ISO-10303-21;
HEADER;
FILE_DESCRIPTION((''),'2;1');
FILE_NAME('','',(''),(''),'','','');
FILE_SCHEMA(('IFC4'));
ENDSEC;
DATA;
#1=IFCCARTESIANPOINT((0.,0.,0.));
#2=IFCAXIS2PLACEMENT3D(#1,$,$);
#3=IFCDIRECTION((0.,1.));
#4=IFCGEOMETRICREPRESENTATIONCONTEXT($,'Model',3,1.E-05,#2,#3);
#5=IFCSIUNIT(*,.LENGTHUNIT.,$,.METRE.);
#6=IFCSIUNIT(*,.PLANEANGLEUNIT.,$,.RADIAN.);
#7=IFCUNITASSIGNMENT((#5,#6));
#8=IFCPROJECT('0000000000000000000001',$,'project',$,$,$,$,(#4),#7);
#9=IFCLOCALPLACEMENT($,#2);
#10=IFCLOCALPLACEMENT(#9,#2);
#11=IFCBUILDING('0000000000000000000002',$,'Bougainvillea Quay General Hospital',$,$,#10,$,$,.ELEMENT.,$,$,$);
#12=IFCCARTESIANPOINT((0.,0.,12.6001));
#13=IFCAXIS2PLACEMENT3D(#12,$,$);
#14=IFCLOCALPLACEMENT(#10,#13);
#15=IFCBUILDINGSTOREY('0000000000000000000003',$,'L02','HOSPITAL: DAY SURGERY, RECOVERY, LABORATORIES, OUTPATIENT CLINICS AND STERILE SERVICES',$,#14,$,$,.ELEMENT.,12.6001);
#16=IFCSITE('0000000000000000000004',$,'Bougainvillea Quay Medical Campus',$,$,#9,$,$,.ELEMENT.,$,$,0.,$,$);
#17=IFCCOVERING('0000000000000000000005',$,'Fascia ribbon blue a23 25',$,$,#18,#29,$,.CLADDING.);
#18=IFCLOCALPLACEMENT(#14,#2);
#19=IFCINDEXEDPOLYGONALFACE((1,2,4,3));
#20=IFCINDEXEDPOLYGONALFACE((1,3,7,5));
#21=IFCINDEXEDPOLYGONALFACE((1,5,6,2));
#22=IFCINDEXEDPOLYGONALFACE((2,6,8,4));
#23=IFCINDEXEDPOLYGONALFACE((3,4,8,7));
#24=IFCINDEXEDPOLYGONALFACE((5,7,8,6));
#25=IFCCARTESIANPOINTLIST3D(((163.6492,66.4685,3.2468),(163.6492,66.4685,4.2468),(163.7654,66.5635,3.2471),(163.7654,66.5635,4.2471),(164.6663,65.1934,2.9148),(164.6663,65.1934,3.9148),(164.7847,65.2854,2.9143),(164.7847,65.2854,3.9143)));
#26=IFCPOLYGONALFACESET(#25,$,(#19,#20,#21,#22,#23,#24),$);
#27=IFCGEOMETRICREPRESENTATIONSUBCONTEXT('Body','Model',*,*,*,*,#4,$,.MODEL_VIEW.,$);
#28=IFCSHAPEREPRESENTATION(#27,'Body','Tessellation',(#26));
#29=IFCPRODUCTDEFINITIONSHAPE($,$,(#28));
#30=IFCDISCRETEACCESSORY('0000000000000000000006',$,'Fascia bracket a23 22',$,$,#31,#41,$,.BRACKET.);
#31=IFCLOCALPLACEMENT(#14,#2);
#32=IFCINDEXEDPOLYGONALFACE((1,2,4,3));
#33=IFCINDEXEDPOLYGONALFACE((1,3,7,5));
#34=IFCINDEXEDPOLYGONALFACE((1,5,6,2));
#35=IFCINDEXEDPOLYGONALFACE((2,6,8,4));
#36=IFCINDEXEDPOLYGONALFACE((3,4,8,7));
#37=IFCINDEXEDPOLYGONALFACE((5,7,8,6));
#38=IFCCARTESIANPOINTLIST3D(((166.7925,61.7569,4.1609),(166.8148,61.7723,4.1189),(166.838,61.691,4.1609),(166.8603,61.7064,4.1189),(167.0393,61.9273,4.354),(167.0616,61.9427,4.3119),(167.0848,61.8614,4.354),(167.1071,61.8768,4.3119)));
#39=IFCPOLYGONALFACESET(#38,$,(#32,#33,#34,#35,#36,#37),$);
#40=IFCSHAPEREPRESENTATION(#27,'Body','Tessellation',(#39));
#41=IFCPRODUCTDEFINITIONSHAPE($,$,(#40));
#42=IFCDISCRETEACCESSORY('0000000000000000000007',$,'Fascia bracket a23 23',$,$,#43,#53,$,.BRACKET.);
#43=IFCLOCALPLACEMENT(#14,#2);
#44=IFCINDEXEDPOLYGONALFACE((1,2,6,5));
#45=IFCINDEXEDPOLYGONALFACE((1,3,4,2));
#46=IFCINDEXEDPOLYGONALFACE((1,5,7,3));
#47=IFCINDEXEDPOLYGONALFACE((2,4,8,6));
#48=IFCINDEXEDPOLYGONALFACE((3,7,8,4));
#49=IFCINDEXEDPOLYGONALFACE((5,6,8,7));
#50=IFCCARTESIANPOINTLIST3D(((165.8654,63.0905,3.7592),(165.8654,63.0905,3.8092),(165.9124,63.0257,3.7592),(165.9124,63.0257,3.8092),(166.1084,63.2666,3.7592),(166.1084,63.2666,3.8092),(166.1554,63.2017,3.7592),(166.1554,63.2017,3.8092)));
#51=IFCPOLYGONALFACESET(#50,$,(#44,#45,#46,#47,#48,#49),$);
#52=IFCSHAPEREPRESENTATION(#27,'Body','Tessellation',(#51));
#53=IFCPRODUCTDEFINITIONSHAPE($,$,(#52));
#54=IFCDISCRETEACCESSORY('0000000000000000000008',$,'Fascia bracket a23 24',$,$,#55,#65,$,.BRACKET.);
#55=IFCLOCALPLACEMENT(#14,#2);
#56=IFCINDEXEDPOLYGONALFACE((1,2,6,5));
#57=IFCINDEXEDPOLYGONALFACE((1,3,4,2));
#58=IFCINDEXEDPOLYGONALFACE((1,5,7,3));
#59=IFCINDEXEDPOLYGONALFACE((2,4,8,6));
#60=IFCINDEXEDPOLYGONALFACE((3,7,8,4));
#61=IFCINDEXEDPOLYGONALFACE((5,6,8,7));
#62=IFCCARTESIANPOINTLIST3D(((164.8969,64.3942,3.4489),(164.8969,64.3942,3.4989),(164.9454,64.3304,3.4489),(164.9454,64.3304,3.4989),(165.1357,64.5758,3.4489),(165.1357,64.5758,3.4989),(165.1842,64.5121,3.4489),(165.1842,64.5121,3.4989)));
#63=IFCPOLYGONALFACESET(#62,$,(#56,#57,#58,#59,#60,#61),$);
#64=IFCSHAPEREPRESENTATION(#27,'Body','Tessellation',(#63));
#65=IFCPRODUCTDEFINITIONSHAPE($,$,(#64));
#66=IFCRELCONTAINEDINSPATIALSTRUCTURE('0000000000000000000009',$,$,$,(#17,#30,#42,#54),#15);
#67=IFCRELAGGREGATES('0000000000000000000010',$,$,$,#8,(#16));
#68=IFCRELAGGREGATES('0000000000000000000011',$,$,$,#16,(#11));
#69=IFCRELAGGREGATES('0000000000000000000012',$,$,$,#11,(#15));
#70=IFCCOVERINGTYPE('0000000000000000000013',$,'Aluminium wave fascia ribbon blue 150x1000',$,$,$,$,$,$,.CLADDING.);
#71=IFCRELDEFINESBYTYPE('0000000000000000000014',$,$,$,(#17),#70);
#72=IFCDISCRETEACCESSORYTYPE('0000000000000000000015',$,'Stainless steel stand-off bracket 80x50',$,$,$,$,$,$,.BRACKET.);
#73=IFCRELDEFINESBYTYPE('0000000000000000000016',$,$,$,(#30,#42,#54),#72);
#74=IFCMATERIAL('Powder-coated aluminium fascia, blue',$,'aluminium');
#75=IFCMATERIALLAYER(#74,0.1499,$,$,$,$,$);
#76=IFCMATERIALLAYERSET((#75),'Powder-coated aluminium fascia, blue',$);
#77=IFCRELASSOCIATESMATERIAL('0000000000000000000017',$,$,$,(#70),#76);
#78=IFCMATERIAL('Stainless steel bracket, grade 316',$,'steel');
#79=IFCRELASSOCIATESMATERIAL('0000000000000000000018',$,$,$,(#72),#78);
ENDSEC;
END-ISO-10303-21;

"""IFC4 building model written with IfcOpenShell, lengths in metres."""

from ifc_helpers import new_model, si_unit, direction, frame, origin, origin_2d, place, context, subcontext, project, spatial, polyline, rectangle, outline, extrude, material, layer, layer_set, material_profile, profile_set, type_object, element, save


model = new_model("IFC4")

# Units and contexts
model_context = context("Model", 3, precision=1e-05, world=origin(), true_north=direction((0.0, 1.0)))
body_context = subcontext(model_context, "Body", "Model", "MODEL_VIEW")
ifc_project = project(units=[si_unit("LENGTHUNIT", "METRE"), si_unit("PLANEANGLEUNIT", "RADIAN")], contexts=[model_context])

# Site, building, storey
site_placement = place(None, origin())
site = spatial("IfcSite", under=ifc_project, at=site_placement, Name="Bougainvillea Quay Medical Campus", CompositionType="ELEMENT", RefElevation=0.0)
building_placement = place(site_placement, origin())
building = spatial("IfcBuilding", under=site, at=building_placement, Name="Bougainvillea Quay General Hospital", CompositionType="ELEMENT")
storey_placement = place(building_placement, frame((0.0, 0.0, 12.6001)))
storey = spatial("IfcBuildingStorey", under=building, at=storey_placement, Name="L02", Description="HOSPITAL: DAY SURGERY, RECOVERY, LABORATORIES, OUTPATIENT CLINICS AND STERILE SERVICES", CompositionType="ELEMENT", Elevation=12.6001)

# Covering
ifc_material_1 = material(Name="Powder-coated aluminium fascia, blue", Category="aluminium")
ifc_layer_1 = layer(ifc_material_1, 0.1499)
ifc_layer_set_1 = layer_set([ifc_layer_1], Name="Powder-coated aluminium fascia, blue")
covering_type = type_object("IfcCoveringType", Name="Aluminium wave fascia ribbon blue 150x1000", PredefinedType="CLADDING", material=ifc_layer_set_1)
covering_1_placement = place(storey_placement, frame((164.6663, 65.1934, 2.9148), z_axis=(0.124953, -0.155483, 0.979904), x_axis=(-0.611032, 0.766063, 0.199469)))
element("IfcCovering", 1, at=covering_1_placement, inside=storey, type_object=covering_type, Name="Fascia ribbon blue a23 25", PredefinedType="CLADDING", context=body_context, shape_type="SweptSolid", body=[
    extrude(outline(polyline([(0.0, 0.0), (1.6645, 0.0), (1.6663, -0.1501), (-0.0019, -0.15), (0.0, 0.0)])), origin(), (0.199469, 0.000717, 0.979904), 1.0),
])

# Discrete accessories
ifc_material_2 = material(Name="Stainless steel bracket, grade 316", Category="steel")
ifc_material_profile_1 = material_profile(ifc_material_2, rectangle(XDim=0.0801, YDim=0.05, at=origin_2d()))
ifc_profile_set_1 = profile_set([ifc_material_profile_1], Name="Stainless steel bracket, grade 316")
discrete_accessory_type = type_object("IfcDiscreteAccessoryType", Name="Stainless steel stand-off bracket 80x50", PredefinedType="BRACKET", material=ifc_profile_set_1)
discrete_accessory_placement = place(storey_placement, frame((166.8264, 61.7317, 4.1399), z_axis=(0.691913, 0.477701, 0.541348), x_axis=(-0.568151, 0.822924, 0.0)))
element("IfcDiscreteAccessory", 2, at=discrete_accessory_placement, inside=storey, type_object=discrete_accessory_type, Name="Fascia bracket a23 22", PredefinedType="BRACKET", context=body_context, shape_type="SweptSolid", body=[
    extrude(rectangle(XDim=0.0801, YDim=0.05, at=origin_2d()), origin(), (0.0, 0.0, 1.0), 0.3567),
])
for number, where, z_axis, x_axis, name in (
    (3, (165.8889, 63.0581, 3.7842), (0.809755, 0.586768, 0.0), (-0.586768, 0.809755, 0.0), "Fascia bracket a23 23"),
    (4, (164.9211, 64.3623, 3.4739), (0.79588, 0.605455, 0.0), (-0.605455, 0.79588, 0.0), "Fascia bracket a23 24"),
):
    element("IfcDiscreteAccessory", number, at=place(storey_placement, frame(where, z_axis=z_axis, x_axis=x_axis)), inside=storey, type_object=discrete_accessory_type, Name=name, PredefinedType="BRACKET", context=body_context, shape_type="SweptSolid", body=[
        extrude(rectangle(XDim=0.0801, YDim=0.05, at=origin_2d()), origin(), (0.0, 0.0, 1.0), 0.3),
    ])

save(model, "model.ifc")
